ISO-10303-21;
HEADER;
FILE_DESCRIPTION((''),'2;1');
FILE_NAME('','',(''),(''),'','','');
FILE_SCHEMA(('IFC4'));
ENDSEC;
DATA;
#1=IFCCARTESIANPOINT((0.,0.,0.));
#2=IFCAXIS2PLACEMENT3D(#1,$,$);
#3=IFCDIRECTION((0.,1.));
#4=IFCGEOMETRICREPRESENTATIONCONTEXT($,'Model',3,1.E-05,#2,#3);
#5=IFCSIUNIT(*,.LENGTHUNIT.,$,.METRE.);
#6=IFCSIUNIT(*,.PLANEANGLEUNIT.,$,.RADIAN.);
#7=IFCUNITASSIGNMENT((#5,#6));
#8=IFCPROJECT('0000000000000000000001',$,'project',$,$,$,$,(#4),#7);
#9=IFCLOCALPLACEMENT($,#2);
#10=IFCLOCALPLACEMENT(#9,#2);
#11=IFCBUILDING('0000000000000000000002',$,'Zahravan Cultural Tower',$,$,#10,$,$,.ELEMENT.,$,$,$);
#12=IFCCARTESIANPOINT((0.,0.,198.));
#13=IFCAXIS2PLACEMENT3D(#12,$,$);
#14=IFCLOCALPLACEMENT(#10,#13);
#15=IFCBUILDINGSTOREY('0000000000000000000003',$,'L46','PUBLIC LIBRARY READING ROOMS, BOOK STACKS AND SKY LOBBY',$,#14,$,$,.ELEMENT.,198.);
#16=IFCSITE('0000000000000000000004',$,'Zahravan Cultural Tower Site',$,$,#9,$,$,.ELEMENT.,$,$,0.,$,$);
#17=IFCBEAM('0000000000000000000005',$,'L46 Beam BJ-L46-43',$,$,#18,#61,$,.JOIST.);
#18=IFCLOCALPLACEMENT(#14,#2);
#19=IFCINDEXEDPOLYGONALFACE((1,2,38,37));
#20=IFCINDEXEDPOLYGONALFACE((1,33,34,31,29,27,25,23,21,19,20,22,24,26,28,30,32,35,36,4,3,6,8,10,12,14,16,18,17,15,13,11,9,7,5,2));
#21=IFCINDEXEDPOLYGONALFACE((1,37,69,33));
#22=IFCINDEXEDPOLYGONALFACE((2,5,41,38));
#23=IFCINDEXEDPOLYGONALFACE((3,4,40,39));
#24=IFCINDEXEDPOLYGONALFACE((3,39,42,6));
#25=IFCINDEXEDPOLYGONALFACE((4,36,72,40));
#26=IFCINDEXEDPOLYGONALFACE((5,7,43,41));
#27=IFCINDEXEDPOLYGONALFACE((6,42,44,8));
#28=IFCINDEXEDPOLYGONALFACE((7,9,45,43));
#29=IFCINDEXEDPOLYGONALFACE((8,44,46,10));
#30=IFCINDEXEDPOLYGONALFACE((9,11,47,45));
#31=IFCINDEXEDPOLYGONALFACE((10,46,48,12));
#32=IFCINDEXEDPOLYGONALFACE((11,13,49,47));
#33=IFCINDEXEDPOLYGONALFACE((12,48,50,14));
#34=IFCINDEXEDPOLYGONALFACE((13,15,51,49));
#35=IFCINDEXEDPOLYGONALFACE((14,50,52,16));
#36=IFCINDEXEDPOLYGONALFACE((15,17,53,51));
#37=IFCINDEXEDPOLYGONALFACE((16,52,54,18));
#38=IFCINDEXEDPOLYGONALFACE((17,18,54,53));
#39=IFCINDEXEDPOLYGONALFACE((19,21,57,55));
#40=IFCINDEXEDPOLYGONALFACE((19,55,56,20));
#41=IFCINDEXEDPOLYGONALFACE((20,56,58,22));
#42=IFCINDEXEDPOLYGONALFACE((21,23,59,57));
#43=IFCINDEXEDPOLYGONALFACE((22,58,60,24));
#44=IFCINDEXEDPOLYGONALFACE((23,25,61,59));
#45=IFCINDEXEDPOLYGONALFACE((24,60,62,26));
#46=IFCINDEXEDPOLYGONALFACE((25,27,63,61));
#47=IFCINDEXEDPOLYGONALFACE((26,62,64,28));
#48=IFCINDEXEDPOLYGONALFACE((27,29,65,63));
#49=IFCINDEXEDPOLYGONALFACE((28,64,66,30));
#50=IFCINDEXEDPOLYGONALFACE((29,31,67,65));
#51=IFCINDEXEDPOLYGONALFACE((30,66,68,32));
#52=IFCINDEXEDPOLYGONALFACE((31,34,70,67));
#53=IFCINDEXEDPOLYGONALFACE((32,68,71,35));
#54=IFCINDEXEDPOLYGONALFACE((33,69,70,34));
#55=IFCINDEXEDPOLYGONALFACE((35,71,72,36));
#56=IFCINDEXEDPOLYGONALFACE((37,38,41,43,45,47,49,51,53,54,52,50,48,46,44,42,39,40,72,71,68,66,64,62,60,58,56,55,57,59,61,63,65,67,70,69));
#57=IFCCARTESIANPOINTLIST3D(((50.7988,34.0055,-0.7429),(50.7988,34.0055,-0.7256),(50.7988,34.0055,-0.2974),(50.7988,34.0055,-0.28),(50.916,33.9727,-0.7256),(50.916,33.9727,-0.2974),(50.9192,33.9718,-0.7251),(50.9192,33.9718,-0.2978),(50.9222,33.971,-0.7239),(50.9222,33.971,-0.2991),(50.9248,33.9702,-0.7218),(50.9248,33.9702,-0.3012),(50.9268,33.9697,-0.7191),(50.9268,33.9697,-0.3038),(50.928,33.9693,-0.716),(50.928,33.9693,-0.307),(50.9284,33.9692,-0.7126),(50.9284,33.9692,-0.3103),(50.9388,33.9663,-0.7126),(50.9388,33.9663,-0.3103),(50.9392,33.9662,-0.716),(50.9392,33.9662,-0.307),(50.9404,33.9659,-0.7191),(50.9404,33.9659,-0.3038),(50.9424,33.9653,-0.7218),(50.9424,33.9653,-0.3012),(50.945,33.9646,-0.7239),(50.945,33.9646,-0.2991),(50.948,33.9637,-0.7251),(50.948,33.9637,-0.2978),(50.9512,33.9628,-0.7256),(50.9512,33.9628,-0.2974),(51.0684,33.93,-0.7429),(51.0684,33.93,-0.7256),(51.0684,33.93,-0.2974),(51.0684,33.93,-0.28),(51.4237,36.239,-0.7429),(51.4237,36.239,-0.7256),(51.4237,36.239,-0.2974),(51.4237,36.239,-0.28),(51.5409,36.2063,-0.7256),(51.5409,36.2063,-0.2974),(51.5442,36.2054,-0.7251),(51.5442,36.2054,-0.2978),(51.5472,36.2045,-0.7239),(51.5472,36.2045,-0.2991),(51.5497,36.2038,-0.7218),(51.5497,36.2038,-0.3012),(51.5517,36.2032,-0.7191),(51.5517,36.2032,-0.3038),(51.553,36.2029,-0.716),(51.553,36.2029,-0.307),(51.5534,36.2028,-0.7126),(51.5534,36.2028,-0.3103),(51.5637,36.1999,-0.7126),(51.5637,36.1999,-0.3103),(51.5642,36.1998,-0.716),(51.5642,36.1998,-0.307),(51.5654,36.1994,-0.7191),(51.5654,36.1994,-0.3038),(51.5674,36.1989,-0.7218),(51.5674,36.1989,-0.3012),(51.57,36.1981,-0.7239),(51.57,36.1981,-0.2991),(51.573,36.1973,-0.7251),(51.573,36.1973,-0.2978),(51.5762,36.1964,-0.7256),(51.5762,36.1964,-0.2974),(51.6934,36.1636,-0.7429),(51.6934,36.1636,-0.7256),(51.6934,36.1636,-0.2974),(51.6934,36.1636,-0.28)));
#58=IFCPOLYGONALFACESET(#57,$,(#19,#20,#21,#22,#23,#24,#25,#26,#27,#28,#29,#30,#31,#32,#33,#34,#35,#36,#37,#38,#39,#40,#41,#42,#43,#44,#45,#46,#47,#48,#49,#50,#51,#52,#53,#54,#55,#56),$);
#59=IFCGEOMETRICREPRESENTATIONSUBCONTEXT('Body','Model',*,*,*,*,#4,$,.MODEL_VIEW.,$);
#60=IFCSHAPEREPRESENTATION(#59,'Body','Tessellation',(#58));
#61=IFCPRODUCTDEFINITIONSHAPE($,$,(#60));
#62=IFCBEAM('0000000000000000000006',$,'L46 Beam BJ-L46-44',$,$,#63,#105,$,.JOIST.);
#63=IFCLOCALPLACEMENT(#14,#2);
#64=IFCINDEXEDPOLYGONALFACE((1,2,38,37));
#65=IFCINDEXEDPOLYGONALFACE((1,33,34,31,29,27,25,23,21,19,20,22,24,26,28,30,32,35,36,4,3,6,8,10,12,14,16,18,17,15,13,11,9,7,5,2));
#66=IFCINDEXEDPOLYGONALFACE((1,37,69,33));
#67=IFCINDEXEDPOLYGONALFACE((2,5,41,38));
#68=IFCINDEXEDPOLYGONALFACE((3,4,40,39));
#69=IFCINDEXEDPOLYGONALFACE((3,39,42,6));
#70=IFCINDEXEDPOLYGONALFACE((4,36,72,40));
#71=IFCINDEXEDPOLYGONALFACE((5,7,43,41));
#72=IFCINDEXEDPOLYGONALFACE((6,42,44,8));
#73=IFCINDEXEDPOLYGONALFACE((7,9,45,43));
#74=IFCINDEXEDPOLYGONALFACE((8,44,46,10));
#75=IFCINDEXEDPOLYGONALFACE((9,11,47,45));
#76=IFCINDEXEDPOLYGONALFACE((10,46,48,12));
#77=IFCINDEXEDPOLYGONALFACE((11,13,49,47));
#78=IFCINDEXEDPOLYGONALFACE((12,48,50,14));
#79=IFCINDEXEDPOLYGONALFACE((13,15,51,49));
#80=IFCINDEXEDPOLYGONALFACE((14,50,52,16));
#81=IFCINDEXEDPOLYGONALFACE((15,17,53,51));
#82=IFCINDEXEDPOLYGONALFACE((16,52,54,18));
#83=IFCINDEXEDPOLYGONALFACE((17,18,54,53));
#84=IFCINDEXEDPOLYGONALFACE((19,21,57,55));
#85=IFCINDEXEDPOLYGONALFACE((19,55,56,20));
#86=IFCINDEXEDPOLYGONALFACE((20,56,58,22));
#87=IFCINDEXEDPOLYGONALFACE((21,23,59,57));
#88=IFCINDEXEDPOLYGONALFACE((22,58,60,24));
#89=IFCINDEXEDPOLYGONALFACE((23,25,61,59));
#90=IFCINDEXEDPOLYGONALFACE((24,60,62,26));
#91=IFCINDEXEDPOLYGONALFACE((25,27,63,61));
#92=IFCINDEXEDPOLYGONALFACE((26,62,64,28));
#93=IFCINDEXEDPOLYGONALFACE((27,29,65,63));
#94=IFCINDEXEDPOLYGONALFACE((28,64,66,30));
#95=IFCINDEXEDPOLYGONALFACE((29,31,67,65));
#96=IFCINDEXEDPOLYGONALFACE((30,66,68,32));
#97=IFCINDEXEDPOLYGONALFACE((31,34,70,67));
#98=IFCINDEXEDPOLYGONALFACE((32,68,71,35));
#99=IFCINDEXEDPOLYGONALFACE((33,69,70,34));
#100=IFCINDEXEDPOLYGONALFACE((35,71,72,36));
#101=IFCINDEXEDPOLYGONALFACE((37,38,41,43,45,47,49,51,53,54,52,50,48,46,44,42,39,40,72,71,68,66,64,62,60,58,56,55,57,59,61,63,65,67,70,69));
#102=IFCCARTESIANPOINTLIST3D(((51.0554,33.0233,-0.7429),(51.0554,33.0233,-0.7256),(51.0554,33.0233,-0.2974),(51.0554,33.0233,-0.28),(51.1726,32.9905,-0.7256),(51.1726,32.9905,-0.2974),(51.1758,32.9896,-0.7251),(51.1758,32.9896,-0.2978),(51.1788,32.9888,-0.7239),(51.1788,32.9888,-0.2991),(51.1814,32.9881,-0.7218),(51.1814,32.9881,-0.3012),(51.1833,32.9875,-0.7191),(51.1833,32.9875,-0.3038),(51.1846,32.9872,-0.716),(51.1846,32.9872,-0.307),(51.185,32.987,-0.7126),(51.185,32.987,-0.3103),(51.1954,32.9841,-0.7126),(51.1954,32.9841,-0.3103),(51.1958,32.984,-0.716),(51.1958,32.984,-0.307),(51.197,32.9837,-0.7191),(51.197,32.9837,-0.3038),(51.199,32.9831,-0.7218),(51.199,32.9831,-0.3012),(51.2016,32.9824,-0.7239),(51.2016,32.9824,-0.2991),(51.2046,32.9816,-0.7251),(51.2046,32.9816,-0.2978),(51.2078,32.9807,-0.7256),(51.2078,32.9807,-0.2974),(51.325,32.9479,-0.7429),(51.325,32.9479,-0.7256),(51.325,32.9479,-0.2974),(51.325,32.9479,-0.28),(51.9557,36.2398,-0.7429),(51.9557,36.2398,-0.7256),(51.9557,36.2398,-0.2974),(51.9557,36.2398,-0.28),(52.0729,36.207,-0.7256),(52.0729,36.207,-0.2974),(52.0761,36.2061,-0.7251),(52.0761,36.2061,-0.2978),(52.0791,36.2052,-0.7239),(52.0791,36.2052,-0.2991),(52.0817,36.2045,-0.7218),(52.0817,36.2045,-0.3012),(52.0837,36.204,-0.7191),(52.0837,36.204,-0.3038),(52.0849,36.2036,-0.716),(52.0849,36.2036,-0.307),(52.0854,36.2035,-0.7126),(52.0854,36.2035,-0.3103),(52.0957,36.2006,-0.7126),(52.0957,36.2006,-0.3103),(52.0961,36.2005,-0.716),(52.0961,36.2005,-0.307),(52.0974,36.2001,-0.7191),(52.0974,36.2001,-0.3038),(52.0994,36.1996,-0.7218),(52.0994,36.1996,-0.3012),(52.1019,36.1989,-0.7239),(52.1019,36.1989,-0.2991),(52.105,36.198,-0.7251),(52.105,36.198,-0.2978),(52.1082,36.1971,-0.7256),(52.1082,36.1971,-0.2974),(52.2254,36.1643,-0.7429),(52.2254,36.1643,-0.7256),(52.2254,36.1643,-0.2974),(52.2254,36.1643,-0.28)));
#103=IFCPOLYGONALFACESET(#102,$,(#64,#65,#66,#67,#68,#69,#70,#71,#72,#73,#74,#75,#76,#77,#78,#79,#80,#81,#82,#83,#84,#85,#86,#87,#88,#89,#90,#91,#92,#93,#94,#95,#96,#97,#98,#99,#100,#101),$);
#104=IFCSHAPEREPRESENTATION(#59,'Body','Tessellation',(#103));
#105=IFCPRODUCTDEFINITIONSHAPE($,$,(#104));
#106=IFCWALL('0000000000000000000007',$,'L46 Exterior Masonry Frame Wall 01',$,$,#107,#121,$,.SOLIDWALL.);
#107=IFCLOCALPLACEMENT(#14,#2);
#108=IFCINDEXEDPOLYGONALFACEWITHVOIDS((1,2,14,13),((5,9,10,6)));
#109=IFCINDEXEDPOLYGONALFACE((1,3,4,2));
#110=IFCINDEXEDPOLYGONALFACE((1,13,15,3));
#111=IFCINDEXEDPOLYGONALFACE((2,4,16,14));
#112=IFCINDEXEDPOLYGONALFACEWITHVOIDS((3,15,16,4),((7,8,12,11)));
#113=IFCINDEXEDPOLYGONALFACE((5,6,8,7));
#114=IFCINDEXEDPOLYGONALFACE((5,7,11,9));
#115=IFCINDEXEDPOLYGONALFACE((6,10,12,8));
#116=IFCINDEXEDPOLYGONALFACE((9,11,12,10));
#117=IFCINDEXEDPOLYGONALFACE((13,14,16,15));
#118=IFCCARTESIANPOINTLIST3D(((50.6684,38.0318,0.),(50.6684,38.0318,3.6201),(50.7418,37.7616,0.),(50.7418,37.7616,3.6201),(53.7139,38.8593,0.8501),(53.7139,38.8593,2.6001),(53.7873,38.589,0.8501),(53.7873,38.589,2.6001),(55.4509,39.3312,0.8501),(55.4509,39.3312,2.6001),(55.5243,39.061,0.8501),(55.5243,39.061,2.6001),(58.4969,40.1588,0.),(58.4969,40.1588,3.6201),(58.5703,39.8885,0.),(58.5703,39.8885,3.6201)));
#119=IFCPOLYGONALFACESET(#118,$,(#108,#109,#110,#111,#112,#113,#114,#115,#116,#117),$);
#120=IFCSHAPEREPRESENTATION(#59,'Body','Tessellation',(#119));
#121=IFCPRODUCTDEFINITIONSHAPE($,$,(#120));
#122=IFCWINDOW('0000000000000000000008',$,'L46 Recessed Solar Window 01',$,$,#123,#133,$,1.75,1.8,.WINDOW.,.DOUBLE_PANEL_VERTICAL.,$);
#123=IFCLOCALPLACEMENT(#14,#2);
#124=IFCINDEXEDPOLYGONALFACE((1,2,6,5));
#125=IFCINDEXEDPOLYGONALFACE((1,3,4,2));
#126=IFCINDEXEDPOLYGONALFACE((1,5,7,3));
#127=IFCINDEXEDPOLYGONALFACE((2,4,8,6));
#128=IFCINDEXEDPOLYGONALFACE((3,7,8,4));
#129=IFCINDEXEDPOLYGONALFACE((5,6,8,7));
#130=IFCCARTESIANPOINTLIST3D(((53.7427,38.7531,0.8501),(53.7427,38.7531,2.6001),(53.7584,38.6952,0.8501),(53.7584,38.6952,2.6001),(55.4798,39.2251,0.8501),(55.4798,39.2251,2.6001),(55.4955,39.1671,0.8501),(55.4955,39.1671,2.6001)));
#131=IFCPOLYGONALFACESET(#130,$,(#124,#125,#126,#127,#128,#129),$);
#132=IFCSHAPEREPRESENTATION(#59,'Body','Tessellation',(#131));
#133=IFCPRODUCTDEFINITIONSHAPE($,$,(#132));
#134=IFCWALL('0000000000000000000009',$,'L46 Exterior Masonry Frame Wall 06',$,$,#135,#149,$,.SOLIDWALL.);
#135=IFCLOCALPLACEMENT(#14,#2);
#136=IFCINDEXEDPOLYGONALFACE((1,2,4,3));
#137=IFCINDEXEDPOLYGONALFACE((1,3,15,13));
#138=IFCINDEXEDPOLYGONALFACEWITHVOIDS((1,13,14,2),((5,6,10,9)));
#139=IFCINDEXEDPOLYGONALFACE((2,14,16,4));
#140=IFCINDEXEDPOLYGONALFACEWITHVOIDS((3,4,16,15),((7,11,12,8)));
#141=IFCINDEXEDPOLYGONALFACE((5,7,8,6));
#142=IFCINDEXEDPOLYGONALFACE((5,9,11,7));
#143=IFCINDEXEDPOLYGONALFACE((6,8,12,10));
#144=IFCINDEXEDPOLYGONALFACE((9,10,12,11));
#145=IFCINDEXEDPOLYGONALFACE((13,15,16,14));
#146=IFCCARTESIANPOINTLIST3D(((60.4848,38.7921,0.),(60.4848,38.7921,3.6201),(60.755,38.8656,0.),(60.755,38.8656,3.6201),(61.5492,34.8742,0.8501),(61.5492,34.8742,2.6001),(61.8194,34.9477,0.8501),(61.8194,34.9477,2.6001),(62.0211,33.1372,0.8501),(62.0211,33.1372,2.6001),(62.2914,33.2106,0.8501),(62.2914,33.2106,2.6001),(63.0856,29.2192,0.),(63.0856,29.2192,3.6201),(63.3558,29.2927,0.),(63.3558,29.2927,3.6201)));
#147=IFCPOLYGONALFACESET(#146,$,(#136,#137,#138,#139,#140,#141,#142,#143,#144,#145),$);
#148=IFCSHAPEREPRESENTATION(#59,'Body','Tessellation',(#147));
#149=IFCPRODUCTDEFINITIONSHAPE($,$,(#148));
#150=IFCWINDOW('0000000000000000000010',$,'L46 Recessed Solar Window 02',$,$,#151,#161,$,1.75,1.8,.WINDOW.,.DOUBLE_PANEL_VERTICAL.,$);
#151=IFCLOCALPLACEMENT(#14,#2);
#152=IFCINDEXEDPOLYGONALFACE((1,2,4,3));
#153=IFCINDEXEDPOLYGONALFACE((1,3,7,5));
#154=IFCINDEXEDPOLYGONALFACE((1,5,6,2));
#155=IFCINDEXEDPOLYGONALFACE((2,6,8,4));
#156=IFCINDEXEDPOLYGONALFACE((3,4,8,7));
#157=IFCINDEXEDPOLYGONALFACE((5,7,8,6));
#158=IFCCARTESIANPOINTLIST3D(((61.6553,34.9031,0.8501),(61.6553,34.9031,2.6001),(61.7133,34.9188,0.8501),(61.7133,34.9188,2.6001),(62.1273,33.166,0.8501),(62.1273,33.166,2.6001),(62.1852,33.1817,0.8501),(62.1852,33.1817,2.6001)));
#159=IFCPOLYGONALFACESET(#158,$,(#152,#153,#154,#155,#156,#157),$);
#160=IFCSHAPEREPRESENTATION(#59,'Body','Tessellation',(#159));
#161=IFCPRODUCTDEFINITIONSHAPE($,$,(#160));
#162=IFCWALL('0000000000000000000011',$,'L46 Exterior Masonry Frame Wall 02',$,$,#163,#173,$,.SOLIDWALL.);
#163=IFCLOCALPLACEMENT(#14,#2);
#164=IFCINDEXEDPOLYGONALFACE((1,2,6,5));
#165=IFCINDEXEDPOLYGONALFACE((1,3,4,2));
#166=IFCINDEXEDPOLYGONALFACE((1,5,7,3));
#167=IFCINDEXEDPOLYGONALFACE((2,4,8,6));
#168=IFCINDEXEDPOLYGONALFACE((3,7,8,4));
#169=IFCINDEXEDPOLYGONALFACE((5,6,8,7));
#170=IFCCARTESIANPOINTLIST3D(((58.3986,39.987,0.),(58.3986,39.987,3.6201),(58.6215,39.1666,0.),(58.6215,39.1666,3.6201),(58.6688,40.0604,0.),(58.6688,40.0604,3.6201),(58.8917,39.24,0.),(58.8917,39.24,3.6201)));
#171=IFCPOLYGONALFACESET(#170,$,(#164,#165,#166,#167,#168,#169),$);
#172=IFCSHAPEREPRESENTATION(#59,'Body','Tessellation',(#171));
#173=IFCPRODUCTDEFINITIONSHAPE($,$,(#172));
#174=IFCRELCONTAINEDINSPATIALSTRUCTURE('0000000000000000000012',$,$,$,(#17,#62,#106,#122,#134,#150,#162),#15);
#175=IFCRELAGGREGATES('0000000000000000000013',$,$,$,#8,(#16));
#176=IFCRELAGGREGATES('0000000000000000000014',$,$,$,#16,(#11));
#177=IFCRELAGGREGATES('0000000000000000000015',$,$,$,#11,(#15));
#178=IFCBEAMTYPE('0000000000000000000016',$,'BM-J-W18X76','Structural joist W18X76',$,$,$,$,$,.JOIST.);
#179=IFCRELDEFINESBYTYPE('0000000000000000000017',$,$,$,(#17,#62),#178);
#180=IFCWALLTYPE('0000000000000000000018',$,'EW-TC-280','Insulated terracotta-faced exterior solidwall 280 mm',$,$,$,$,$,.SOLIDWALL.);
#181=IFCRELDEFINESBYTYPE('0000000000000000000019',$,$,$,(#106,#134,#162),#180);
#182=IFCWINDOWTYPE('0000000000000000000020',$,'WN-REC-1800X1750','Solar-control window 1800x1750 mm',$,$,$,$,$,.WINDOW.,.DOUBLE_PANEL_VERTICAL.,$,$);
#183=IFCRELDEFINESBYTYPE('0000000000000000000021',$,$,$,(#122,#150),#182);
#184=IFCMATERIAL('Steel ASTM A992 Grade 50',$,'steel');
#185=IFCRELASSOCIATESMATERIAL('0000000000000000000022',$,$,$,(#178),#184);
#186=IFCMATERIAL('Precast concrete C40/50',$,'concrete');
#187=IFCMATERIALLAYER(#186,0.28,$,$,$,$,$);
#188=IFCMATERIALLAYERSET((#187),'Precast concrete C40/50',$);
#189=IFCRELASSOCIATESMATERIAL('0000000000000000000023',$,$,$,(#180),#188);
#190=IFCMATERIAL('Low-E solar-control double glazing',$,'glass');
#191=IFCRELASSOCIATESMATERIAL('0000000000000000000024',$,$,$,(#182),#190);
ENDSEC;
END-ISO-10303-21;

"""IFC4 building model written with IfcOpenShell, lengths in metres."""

from ifc_helpers import new_model, si_unit, direction, frame, frame_2d, origin, origin_2d, place, context, subcontext, project, spatial, rectangle, i_section, extrude, source, transform, mapped, material, layer, layer_set, material_profile, profile_set, type_object, element, fill, save


model = new_model("IFC4")

# Units and contexts
model_context = context("Model", 3, precision=1e-05, world=origin(), true_north=direction((0.0, 1.0)))
body_context = subcontext(model_context, "Body", "Model", "MODEL_VIEW")
ifc_project = project(units=[si_unit("LENGTHUNIT", "METRE"), si_unit("PLANEANGLEUNIT", "RADIAN")], contexts=[model_context])

# Site, building, storey
site_placement = place(None, origin())
site = spatial("IfcSite", under=ifc_project, at=site_placement, Name="Zahravan Cultural Tower Site", CompositionType="ELEMENT", RefElevation=0.0)
building_placement = place(site_placement, origin())
building = spatial("IfcBuilding", under=site, at=building_placement, Name="Zahravan Cultural Tower", CompositionType="ELEMENT")
storey_placement = place(building_placement, frame((0.0, 0.0, 198.0)))
storey = spatial("IfcBuildingStorey", under=building, at=storey_placement, Name="L46", Description="PUBLIC LIBRARY READING ROOMS, BOOK STACKS AND SKY LOBBY", CompositionType="ELEMENT", Elevation=198.0)

# Shared definitions
ifc_material_1 = material(Name="Steel ASTM A992 Grade 50", Category="steel")

# Beams
ifc_material_profile_1 = material_profile(ifc_material_1, i_section(OverallWidth=0.28, OverallDepth=0.4629, WebThickness=0.0107, FlangeThickness=0.0173, FilletRadius=0.0129, at=origin_2d()), Name="W18X76")
ifc_profile_set_1 = profile_set([ifc_material_profile_1], Name="Steel ASTM A992 Grade 50")
beam_type_1 = type_object("IfcBeamType", Name="BM-J-W18X76", Description="Structural joist W18X76", PredefinedType="JOIST", material=ifc_profile_set_1)
shared_shape_1 = source(origin(), body_context, "Body", "SweptSolid", [
    extrude(i_section(OverallWidth=0.28, OverallDepth=0.4629, WebThickness=0.0107, FlangeThickness=0.0173, FilletRadius=0.0129, at=origin_2d()), origin(), (0.0, 0.0, 1.0), 2.3193),
])
beam_1_placement = place(storey_placement, frame((50.9336, 33.9678, -0.5115), z_axis=(0.269462, 0.963011, 0.0), x_axis=(-0.963011, 0.269462, 0.0)))
element("IfcBeam", 1, at=beam_1_placement, inside=storey, type_object=beam_type_1, Name="L46 Beam BJ-L46-43", PredefinedType="JOIST", context=body_context, shape_type="MappedRepresentation", body=[
    mapped(shared_shape_1, transform((0.0, 0.0, 0.0), x_axis=(1.0, 0.0, 0.0), y_axis=(0.0, 1.0, 0.0), z_axis=(0.0, 0.0, 1.0), scale=1.0)),
])
shared_shape_2 = source(origin(), body_context, "Body", "SweptSolid", [
    extrude(i_section(OverallWidth=0.28, OverallDepth=0.4629, WebThickness=0.0107, FlangeThickness=0.0173, FilletRadius=0.0129, at=origin_2d()), origin(), (0.0, 0.0, 1.0), 3.3401),
])
beam_2_placement = place(storey_placement, frame((51.1902, 32.9856, -0.5115), z_axis=(0.269562, 0.962983, 0.0), x_axis=(-0.962983, 0.269562, 0.0)))
element("IfcBeam", 2, at=beam_2_placement, inside=storey, type_object=beam_type_1, Name="L46 Beam BJ-L46-44", PredefinedType="JOIST", context=body_context, shape_type="MappedRepresentation", body=[
    mapped(shared_shape_2, transform((0.0, 0.0, 0.0), x_axis=(1.0, 0.0, 0.0), y_axis=(0.0, 1.0, 0.0), z_axis=(0.0, 0.0, 1.0), scale=1.0)),
])

# Walls, openings, windows
ifc_material_2 = material(Name="Precast concrete C40/50", Category="concrete")
ifc_layer_1 = layer(ifc_material_2, 0.28)
ifc_layer_set_1 = layer_set([ifc_layer_1], Name="Precast concrete C40/50")
wall_type_1 = type_object("IfcWallType", Name="EW-TC-280", Description="Insulated terracotta-faced exterior solidwall 280 mm", PredefinedType="SOLIDWALL", material=ifc_layer_set_1)
wall_1_placement = place(storey_placement, frame((50.7051, 37.8967, 0.0), z_axis=(0.0, 0.0, 1.0), x_axis=(0.965018, 0.262185, 0.0)))
wall_1 = element("IfcWall", 3, at=wall_1_placement, inside=storey, type_object=wall_type_1, Name="L46 Exterior Masonry Frame Wall 01", PredefinedType="SOLIDWALL", context=body_context, shape_type="SweptSolid", body=[
    extrude(rectangle(XDim=8.1123, YDim=0.28, at=frame_2d((4.0562, 0.0))), origin(), (0.0, 0.0, 1.0), 3.6201),
])
opening_1_placement = place(wall_1_placement, frame((3.156, 0.0, 0.8501)))
opening_1 = element("IfcOpeningElement", 4, at=opening_1_placement, cuts=wall_1, PredefinedType="OPENING", context=body_context, shape_type="SweptSolid", body=[
    extrude(rectangle(XDim=1.8, YDim=1.75, at=frame_2d((0.8999, 0.875))), frame((0.0, 0.1499, 0.0), z_axis=(0.0, -1.0, 0.0), x_axis=(1.0, 0.0, 0.0)), (0.0, 0.0, 1.0), 0.3),
])
ifc_material_3 = material(Name="Low-E solar-control double glazing", Category="glass")
window_type = type_object("IfcWindowType", Name="WN-REC-1800X1750", Description="Solar-control window 1800x1750 mm", PartitioningType="DOUBLE_PANEL_VERTICAL", PredefinedType="WINDOW", material=ifc_material_3)
shared_shape_3 = source(origin(), body_context, "Body", "SweptSolid", [
    extrude(rectangle(XDim=1.8, YDim=1.75, at=frame_2d((0.8999, 0.875))), frame((0.0, 0.03, 0.0), z_axis=(0.0, -1.0, 0.0), x_axis=(1.0, 0.0, 0.0)), (0.0, 0.0, 1.0), 0.0601),
])
window_1_placement = place(opening_1_placement, origin())
window_1 = element("IfcWindow", 5, at=window_1_placement, inside=storey, type_object=window_type, Name="L46 Recessed Solar Window 01", OverallHeight=1.75, OverallWidth=1.8, PartitioningType="DOUBLE_PANEL_VERTICAL", PredefinedType="WINDOW", context=body_context, shape_type="MappedRepresentation", body=[
    mapped(shared_shape_3, transform((0.0, 0.0, 0.0), x_axis=(1.0, 0.0, 0.0), y_axis=(0.0, 1.0, 0.0), z_axis=(0.0, 0.0, 1.0), scale=1.0)),
])
fill(opening_1, window_1)
wall_2_placement = place(storey_placement, frame((60.6199, 38.8289, 0.0), z_axis=(0.0, 0.0, 1.0), x_axis=(0.26218, -0.965019, 0.0)))
wall_2 = element("IfcWall", 6, at=wall_2_placement, inside=storey, type_object=wall_type_1, Name="L46 Exterior Masonry Frame Wall 06", PredefinedType="SOLIDWALL", context=body_context, shape_type="SweptSolid", body=[
    extrude(rectangle(XDim=9.9199, YDim=0.28, at=frame_2d((4.96, 0.0))), origin(), (0.0, 0.0, 1.0), 3.6201),
])
opening_2_placement = place(wall_2_placement, frame((4.0601, 0.0, 0.8501)))
opening_2 = element("IfcOpeningElement", 7, at=opening_2_placement, cuts=wall_2, PredefinedType="OPENING", context=body_context, shape_type="SweptSolid", body=[
    extrude(rectangle(XDim=1.8, YDim=1.75, at=frame_2d((0.8999, 0.875))), frame((0.0, 0.1499, 0.0), z_axis=(0.0, -1.0, 0.0), x_axis=(1.0, 0.0, 0.0)), (0.0, 0.0, 1.0), 0.3),
])
window_2_placement = place(opening_2_placement, origin())
window_2 = element("IfcWindow", 8, at=window_2_placement, inside=storey, type_object=window_type, Name="L46 Recessed Solar Window 02", OverallHeight=1.75, OverallWidth=1.8, PartitioningType="DOUBLE_PANEL_VERTICAL", PredefinedType="WINDOW", context=body_context, shape_type="MappedRepresentation", body=[
    mapped(shared_shape_3, transform((0.0, 0.0, 0.0), x_axis=(1.0, 0.0, 0.0), y_axis=(0.0, 1.0, 0.0), z_axis=(0.0, 0.0, 1.0), scale=1.0)),
])
fill(opening_2, window_2)

# Wall
shared_shape_4 = source(origin(), body_context, "Body", "SweptSolid", [
    extrude(rectangle(XDim=0.8501, YDim=0.28, at=frame_2d((0.425, 0.0))), origin(), (0.0, 0.0, 1.0), 3.6201),
])
for number, where, z_axis, x_axis, name in (
    (9, (58.5337, 40.0237, 0.0), (0.0, 0.0, 1.0), (0.262218, -0.965009, 0.0), "L46 Exterior Masonry Frame Wall 02"),
):
    element("IfcWall", number, at=place(storey_placement, frame(where, z_axis=z_axis, x_axis=x_axis)), inside=storey, type_object=wall_type_1, Name=name, PredefinedType="SOLIDWALL", context=body_context, shape_type="MappedRepresentation", body=[
        mapped(shared_shape_4, transform((0.0, 0.0, 0.0), x_axis=(1.0, 0.0, 0.0), y_axis=(0.0, 1.0, 0.0), z_axis=(0.0, 0.0, 1.0), scale=1.0)),
    ])

save(model, "model.ifc")
